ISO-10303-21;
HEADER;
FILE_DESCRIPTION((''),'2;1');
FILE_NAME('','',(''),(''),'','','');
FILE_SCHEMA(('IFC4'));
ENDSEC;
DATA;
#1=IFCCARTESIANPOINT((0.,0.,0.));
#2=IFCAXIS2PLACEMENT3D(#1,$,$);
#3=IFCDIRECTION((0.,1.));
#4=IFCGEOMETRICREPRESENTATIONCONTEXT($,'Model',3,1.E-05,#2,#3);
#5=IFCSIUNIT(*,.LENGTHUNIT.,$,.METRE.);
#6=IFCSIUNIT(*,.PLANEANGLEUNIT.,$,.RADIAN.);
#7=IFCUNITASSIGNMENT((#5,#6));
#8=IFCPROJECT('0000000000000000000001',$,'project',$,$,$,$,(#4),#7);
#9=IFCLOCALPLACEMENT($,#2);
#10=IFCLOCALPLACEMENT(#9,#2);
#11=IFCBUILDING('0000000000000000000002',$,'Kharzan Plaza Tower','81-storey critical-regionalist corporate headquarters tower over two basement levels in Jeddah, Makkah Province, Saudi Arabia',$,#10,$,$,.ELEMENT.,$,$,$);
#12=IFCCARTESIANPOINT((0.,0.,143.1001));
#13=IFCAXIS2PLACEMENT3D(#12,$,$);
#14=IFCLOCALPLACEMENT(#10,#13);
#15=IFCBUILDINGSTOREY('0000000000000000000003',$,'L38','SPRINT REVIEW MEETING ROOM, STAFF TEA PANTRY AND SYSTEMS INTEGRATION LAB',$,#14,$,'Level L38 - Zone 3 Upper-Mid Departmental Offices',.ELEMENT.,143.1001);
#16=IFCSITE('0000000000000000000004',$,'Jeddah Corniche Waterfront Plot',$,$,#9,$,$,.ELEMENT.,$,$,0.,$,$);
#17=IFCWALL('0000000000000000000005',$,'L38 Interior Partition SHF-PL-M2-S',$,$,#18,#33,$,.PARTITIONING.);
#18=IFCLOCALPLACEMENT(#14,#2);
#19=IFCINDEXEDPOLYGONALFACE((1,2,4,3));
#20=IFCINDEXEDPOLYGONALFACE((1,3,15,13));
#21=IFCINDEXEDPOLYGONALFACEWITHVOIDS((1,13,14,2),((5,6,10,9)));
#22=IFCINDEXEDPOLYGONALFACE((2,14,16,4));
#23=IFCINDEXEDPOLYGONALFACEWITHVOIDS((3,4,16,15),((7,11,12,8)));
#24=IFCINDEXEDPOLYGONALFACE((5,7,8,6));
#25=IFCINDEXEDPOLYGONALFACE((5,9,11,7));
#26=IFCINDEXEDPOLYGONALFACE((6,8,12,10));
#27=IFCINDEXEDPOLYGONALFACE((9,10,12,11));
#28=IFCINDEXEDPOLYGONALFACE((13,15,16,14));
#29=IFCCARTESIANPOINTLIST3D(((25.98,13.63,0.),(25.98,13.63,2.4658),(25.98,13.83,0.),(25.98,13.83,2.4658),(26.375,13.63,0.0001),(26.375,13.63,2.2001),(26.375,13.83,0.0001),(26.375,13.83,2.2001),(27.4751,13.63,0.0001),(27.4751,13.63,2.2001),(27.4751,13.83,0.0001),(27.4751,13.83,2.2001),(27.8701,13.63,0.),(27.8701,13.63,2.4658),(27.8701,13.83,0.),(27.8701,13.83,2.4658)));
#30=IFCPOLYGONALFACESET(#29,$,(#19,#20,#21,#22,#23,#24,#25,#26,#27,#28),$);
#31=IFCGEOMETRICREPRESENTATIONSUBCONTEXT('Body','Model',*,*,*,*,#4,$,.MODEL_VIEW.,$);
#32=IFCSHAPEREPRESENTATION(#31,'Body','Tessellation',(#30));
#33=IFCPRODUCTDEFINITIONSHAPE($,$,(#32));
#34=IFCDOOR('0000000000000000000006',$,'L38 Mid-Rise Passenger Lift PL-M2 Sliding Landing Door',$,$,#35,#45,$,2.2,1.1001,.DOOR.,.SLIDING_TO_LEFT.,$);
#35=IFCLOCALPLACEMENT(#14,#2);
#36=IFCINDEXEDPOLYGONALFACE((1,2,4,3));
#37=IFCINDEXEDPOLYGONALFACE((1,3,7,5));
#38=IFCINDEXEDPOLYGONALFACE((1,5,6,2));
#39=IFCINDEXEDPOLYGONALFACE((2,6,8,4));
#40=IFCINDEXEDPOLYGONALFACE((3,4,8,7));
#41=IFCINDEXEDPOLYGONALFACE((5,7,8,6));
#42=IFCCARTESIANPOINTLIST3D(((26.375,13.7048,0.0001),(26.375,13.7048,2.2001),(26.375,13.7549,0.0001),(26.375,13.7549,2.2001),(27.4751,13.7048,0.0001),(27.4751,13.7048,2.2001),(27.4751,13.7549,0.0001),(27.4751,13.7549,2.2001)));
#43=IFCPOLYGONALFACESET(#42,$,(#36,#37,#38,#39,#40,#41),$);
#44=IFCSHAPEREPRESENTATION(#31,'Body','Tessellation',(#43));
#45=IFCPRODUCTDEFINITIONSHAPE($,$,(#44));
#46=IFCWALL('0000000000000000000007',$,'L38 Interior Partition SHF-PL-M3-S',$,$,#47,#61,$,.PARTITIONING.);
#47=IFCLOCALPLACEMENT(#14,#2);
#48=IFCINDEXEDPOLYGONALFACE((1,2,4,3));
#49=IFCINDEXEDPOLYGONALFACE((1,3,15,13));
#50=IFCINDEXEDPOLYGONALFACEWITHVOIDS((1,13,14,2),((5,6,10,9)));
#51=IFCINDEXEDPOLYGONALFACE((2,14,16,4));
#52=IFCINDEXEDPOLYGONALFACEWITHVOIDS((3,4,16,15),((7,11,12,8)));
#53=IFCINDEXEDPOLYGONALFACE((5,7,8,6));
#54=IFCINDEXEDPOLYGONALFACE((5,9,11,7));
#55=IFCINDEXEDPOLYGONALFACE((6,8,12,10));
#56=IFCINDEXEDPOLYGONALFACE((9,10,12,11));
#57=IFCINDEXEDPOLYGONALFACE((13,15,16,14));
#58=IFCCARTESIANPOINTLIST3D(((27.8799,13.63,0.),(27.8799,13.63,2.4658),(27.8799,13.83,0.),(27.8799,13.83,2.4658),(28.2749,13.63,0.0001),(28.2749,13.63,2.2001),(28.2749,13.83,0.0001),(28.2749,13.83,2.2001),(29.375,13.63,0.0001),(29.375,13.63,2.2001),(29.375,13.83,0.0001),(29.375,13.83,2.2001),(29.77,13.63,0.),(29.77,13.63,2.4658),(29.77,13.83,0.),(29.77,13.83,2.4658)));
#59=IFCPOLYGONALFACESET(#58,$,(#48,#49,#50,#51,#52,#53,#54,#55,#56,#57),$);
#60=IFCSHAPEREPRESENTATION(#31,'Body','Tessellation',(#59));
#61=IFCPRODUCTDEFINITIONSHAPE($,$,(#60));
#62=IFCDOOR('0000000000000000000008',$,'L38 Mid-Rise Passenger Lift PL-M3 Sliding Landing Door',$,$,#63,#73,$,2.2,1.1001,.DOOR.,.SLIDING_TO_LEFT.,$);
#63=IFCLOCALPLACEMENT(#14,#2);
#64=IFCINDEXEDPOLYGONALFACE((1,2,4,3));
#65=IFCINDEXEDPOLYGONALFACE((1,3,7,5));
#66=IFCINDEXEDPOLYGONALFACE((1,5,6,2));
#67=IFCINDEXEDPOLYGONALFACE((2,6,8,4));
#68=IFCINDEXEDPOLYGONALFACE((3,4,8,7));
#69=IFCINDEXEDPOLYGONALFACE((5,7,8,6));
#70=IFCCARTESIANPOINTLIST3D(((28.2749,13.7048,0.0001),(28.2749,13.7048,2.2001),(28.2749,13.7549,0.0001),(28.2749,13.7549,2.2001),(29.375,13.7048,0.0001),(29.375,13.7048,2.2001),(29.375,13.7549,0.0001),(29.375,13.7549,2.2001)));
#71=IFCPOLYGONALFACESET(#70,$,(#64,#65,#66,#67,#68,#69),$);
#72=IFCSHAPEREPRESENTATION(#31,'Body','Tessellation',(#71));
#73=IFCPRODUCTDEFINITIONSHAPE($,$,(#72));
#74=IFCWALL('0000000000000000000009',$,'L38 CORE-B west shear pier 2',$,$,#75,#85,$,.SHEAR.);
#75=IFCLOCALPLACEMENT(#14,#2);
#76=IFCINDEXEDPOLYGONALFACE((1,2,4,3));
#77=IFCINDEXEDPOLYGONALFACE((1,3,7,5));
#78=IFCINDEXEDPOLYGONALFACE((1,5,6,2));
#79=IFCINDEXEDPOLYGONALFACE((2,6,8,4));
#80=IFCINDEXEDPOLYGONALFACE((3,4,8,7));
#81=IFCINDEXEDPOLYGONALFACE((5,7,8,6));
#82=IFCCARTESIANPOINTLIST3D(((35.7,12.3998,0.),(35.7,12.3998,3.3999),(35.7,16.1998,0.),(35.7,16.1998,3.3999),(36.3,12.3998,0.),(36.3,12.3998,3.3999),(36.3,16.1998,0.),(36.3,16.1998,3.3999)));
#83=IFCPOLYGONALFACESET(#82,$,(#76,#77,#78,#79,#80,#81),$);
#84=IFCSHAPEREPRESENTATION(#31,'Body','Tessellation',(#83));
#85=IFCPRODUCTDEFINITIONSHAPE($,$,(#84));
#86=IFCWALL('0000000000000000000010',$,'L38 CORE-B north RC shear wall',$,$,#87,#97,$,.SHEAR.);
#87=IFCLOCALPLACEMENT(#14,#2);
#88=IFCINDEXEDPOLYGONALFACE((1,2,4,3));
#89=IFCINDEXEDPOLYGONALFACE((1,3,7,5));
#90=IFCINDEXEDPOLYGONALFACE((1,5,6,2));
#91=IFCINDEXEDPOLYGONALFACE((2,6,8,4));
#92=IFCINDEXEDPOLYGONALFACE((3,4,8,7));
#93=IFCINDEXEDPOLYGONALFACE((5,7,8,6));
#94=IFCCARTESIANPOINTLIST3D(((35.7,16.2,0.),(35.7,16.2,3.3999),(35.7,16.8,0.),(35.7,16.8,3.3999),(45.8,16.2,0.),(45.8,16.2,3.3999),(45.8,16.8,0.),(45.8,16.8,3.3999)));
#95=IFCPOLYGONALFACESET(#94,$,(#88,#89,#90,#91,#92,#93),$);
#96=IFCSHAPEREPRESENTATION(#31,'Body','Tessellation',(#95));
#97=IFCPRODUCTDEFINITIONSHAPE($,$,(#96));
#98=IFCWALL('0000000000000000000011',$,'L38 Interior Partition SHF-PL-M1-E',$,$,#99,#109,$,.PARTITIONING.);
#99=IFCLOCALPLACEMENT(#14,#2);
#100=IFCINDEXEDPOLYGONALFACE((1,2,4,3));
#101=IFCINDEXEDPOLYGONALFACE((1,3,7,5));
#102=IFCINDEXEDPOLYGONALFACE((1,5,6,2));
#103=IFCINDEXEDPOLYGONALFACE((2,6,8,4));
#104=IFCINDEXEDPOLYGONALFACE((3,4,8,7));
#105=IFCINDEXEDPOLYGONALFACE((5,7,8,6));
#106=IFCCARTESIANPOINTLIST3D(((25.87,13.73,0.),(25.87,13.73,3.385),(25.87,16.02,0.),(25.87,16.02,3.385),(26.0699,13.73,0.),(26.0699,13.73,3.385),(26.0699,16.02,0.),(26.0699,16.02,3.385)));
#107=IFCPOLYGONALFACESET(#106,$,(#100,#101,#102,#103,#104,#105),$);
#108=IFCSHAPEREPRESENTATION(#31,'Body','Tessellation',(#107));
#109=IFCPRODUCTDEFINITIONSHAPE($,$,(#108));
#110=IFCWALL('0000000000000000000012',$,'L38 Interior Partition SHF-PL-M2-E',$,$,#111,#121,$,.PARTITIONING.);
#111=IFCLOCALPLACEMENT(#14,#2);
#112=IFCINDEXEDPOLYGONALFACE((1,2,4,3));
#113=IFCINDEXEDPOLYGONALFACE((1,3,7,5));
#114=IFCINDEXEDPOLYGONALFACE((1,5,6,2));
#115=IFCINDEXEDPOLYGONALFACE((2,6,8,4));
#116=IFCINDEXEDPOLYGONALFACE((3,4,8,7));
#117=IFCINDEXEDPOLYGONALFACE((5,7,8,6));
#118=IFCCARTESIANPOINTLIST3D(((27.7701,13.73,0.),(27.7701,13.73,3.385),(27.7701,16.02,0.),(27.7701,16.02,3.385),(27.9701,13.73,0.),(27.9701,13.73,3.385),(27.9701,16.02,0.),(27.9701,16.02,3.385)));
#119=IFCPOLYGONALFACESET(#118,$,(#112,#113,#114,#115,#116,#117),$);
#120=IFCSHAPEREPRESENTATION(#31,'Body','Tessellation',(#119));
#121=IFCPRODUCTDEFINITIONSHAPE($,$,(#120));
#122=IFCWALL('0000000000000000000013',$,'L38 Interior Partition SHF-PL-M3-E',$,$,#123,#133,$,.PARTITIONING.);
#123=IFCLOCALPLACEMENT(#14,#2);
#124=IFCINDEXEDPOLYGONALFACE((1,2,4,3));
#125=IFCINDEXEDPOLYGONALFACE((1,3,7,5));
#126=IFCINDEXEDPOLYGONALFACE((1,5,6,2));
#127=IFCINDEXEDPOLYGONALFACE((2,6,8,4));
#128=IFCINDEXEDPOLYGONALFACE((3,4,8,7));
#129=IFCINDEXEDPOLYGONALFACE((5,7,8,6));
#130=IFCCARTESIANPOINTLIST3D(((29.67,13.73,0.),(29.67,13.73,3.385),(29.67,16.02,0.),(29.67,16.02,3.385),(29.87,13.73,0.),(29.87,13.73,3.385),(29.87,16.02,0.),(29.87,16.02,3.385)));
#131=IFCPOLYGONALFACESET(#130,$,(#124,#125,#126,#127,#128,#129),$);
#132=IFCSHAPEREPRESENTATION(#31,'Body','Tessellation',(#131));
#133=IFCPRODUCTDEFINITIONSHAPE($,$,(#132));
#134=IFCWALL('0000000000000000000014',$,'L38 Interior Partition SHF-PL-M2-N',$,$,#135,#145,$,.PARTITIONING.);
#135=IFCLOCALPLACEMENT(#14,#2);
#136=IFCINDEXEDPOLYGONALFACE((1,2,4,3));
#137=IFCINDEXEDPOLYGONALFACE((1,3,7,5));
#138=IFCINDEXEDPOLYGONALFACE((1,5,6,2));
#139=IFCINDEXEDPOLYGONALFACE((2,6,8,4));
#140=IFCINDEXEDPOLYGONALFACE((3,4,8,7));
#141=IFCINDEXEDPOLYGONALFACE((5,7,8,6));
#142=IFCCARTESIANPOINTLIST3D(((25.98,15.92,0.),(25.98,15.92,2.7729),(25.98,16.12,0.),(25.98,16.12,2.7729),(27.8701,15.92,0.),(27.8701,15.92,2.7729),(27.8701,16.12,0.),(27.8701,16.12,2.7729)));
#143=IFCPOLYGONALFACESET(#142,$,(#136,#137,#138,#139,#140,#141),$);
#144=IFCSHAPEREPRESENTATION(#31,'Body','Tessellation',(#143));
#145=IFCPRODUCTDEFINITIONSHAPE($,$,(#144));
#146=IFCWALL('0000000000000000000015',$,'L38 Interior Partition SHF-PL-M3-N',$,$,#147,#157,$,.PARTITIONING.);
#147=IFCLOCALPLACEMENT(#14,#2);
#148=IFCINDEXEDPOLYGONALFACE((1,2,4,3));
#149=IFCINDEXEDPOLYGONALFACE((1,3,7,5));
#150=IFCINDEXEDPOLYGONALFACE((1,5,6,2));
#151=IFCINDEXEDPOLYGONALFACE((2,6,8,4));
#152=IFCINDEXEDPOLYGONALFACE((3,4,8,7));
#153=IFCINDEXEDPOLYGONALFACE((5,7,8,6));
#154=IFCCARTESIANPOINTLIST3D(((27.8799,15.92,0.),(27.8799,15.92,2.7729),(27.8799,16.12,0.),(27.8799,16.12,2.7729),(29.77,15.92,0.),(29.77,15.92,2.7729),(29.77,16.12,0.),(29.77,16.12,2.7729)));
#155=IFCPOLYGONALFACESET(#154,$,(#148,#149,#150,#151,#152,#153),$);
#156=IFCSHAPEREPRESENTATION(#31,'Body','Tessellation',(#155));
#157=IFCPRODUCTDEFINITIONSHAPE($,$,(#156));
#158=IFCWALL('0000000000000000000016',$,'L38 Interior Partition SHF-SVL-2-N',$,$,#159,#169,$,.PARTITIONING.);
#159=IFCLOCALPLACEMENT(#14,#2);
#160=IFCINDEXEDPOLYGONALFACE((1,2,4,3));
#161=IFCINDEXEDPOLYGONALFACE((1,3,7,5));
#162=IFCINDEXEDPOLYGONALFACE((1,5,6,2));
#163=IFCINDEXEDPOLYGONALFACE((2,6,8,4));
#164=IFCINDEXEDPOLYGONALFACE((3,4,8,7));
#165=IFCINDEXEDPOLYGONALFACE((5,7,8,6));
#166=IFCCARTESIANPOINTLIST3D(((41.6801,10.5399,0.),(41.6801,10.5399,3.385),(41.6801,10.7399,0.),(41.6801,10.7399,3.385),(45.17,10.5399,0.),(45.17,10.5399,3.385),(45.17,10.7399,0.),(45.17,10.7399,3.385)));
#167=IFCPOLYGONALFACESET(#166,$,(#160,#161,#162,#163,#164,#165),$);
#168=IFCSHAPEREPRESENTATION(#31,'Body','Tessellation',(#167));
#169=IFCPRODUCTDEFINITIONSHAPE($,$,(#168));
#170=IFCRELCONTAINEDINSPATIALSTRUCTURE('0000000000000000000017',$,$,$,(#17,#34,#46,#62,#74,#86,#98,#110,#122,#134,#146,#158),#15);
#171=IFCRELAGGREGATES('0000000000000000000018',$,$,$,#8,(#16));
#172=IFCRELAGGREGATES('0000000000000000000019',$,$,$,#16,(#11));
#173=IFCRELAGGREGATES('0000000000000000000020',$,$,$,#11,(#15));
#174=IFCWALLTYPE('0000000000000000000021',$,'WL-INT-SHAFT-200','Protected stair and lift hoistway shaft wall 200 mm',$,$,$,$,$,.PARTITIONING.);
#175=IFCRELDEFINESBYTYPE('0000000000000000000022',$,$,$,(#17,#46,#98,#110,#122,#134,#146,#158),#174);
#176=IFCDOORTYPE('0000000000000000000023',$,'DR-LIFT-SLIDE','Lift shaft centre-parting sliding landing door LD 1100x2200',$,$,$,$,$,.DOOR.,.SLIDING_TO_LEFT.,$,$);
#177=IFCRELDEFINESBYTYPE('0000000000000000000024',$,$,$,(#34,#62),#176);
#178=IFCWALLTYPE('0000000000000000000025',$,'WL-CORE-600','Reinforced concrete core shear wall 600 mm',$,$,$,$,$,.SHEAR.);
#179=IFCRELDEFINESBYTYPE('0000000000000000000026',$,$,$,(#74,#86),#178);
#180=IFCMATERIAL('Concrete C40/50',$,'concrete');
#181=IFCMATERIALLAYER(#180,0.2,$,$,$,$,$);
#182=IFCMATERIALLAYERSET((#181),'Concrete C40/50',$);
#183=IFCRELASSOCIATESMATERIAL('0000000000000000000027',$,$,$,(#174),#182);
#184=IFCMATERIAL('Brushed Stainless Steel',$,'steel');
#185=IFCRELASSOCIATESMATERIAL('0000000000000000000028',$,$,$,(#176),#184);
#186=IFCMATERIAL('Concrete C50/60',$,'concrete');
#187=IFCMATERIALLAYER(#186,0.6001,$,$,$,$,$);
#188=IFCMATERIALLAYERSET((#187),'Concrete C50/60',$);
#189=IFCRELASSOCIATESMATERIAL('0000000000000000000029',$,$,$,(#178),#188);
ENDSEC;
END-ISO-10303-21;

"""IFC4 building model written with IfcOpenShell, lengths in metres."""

from ifc_helpers import new_model, si_unit, direction, frame, frame_2d, origin, place, context, subcontext, project, spatial, rectangle, extrude, source, transform, mapped, material, layer, layer_set, type_object, element, fill, save


model = new_model("IFC4")

# Units and contexts
model_context = context("Model", 3, precision=1e-05, world=origin(), true_north=direction((0.0, 1.0)))
body_context = subcontext(model_context, "Body", "Model", "MODEL_VIEW")
ifc_project = project(units=[si_unit("LENGTHUNIT", "METRE"), si_unit("PLANEANGLEUNIT", "RADIAN")], contexts=[model_context])

# Site, building, storey
site_placement = place(None, origin())
site = spatial("IfcSite", under=ifc_project, at=site_placement, Name="Jeddah Corniche Waterfront Plot", CompositionType="ELEMENT", RefElevation=0.0)
building_placement = place(site_placement, origin())
building = spatial("IfcBuilding", under=site, at=building_placement, Name="Kharzan Plaza Tower", Description="81-storey critical-regionalist corporate headquarters tower over two basement levels in Jeddah, Makkah Province, Saudi Arabia", CompositionType="ELEMENT")
storey_placement = place(building_placement, frame((0.0, 0.0, 143.1001)))
storey = spatial("IfcBuildingStorey", under=building, at=storey_placement, Name="L38", Description="SPRINT REVIEW MEETING ROOM, STAFF TEA PANTRY AND SYSTEMS INTEGRATION LAB", LongName="Level L38 - Zone 3 Upper-Mid Departmental Offices", CompositionType="ELEMENT", Elevation=143.1001)

# Shared definitions
ifc_material_1 = material(Name="Concrete C50/60", Category="concrete")

# Shared definitions
ifc_material_2 = material(Name="Concrete C40/50", Category="concrete")

# Walls, openings, doors
ifc_layer_1 = layer(ifc_material_2, 0.2)
ifc_layer_set_1 = layer_set([ifc_layer_1], Name="Concrete C40/50")
wall_type_1 = type_object("IfcWallType", Name="WL-INT-SHAFT-200", Description="Protected stair and lift hoistway shaft wall 200 mm", PredefinedType="PARTITIONING", material=ifc_layer_set_1)
wall_1_placement = place(storey_placement, frame((25.98, 13.73, 0.0), z_axis=(0.0, 0.0, 1.0), x_axis=(1.0, 0.0, 0.0)))
wall_1 = element("IfcWall", 1, at=wall_1_placement, inside=storey, type_object=wall_type_1, Name="L38 Interior Partition SHF-PL-M2-S", PredefinedType="PARTITIONING", context=body_context, shape_type="SweptSolid", body=[
    extrude(rectangle(XDim=1.8901, YDim=0.2, at=frame_2d((0.9451, 0.0))), origin(), (0.0, 0.0, 1.0), 2.4658),
])
opening_1_placement = place(wall_1_placement, frame((0.395, 0.0, 0.0)))
opening_1 = element("IfcOpeningElement", 2, at=opening_1_placement, cuts=wall_1, PredefinedType="OPENING", context=body_context, shape_type="SweptSolid", body=[
    extrude(rectangle(XDim=1.1001, YDim=2.2, at=frame_2d((0.55, 1.1001))), frame((0.0, 0.1099, 0.0), z_axis=(0.0, -1.0, 0.0), x_axis=(1.0, 0.0, 0.0)), (0.0, 0.0, 1.0), 0.22),
])
ifc_material_3 = material(Name="Brushed Stainless Steel", Category="steel")
door_type_1 = type_object("IfcDoorType", Name="DR-LIFT-SLIDE", Description="Lift shaft centre-parting sliding landing door LD 1100x2200", OperationType="SLIDING_TO_LEFT", PredefinedType="DOOR", material=ifc_material_3)
shared_shape_1 = source(origin(), body_context, "Body", "SweptSolid", [
    extrude(rectangle(XDim=1.1001, YDim=2.2, at=frame_2d((0.55, 1.1001))), frame((0.0, 0.0249, 0.0), z_axis=(0.0, -1.0, 0.0), x_axis=(1.0, 0.0, 0.0)), (0.0, 0.0, 1.0), 0.05),
])
door_1_placement = place(opening_1_placement, origin())
door_1 = element("IfcDoor", 3, at=door_1_placement, inside=storey, type_object=door_type_1, Name="L38 Mid-Rise Passenger Lift PL-M2 Sliding Landing Door", OperationType="SLIDING_TO_LEFT", OverallHeight=2.2, OverallWidth=1.1001, PredefinedType="DOOR", context=body_context, shape_type="MappedRepresentation", body=[
    mapped(shared_shape_1, transform((0.0, 0.0, 0.0), x_axis=(1.0, 0.0, 0.0), y_axis=(0.0, 1.0, 0.0), z_axis=(0.0, 0.0, 1.0))),
])
fill(opening_1, door_1)
wall_2_placement = place(storey_placement, frame((27.8799, 13.73, 0.0), z_axis=(0.0, 0.0, 1.0), x_axis=(1.0, 0.0, 0.0)))
wall_2 = element("IfcWall", 4, at=wall_2_placement, inside=storey, type_object=wall_type_1, Name="L38 Interior Partition SHF-PL-M3-S", PredefinedType="PARTITIONING", context=body_context, shape_type="SweptSolid", body=[
    extrude(rectangle(XDim=1.8901, YDim=0.2, at=frame_2d((0.9451, 0.0))), origin(), (0.0, 0.0, 1.0), 2.4658),
])
opening_2_placement = place(wall_2_placement, frame((0.395, 0.0, 0.0)))
opening_2 = element("IfcOpeningElement", 5, at=opening_2_placement, cuts=wall_2, PredefinedType="OPENING", context=body_context, shape_type="SweptSolid", body=[
    extrude(rectangle(XDim=1.1001, YDim=2.2, at=frame_2d((0.55, 1.1001))), frame((0.0, 0.1099, 0.0), z_axis=(0.0, -1.0, 0.0), x_axis=(1.0, 0.0, 0.0)), (0.0, 0.0, 1.0), 0.22),
])
door_2_placement = place(opening_2_placement, origin())
door_2 = element("IfcDoor", 6, at=door_2_placement, inside=storey, type_object=door_type_1, Name="L38 Mid-Rise Passenger Lift PL-M3 Sliding Landing Door", OperationType="SLIDING_TO_LEFT", OverallHeight=2.2, OverallWidth=1.1001, PredefinedType="DOOR", context=body_context, shape_type="MappedRepresentation", body=[
    mapped(shared_shape_1, transform((0.0, 0.0, 0.0), x_axis=(1.0, 0.0, 0.0), y_axis=(0.0, 1.0, 0.0), z_axis=(0.0, 0.0, 1.0))),
])
fill(opening_2, door_2)

# Walls
ifc_layer_2 = layer(ifc_material_1, 0.6001)
ifc_layer_set_2 = layer_set([ifc_layer_2], Name="Concrete C50/60")
wall_type_2 = type_object("IfcWallType", Name="WL-CORE-600", Description="Reinforced concrete core shear wall 600 mm", PredefinedType="SHEAR", material=ifc_layer_set_2)
shared_shape_2 = source(origin(), body_context, "Body", "SweptSolid", [
    extrude(rectangle(XDim=3.8, YDim=0.6001, at=frame_2d((1.8999, 0.0))), origin(), (0.0, 0.0, 1.0), 3.3999),
])
wall_3_placement = place(storey_placement, frame((36.0, 12.3999, 0.0), z_axis=(0.0, 0.0, 1.0), x_axis=(0.0, 1.0, 0.0)))
element("IfcWall", 7, at=wall_3_placement, inside=storey, type_object=wall_type_2, Name="L38 CORE-B west shear pier 2", PredefinedType="SHEAR", context=body_context, shape_type="MappedRepresentation", body=[
    mapped(shared_shape_2, transform((0.0, 0.0, 0.0), x_axis=(1.0, 0.0, 0.0), y_axis=(0.0, 1.0, 0.0), z_axis=(0.0, 0.0, 1.0))),
])
shared_shape_3 = source(origin(), body_context, "Body", "SweptSolid", [
    extrude(rectangle(XDim=10.1001, YDim=0.6001, at=frame_2d((5.05, 0.0))), origin(), (0.0, 0.0, 1.0), 3.3999),
])
wall_4_placement = place(storey_placement, frame((35.7, 16.5, 0.0), z_axis=(0.0, 0.0, 1.0), x_axis=(1.0, 0.0, 0.0)))
element("IfcWall", 8, at=wall_4_placement, inside=storey, type_object=wall_type_2, Name="L38 CORE-B north RC shear wall", PredefinedType="SHEAR", context=body_context, shape_type="MappedRepresentation", body=[
    mapped(shared_shape_3, transform((0.0, 0.0, 0.0), x_axis=(1.0, 0.0, 0.0), y_axis=(0.0, 1.0, 0.0), z_axis=(0.0, 0.0, 1.0))),
])
shared_shape_4 = source(origin(), body_context, "Body", "SweptSolid", [
    extrude(rectangle(XDim=2.29, YDim=0.2, at=frame_2d((1.145, 0.0))), origin(), (0.0, 0.0, 1.0), 3.385),
])
for number, where, z_axis, x_axis, name in (
    (9, (25.97, 13.73, 0.0), (0.0, 0.0, 1.0), (0.0, 1.0, 0.0), "L38 Interior Partition SHF-PL-M1-E"),
    (10, (27.8701, 13.73, 0.0), (0.0, 0.0, 1.0), (0.0, 1.0, 0.0), "L38 Interior Partition SHF-PL-M2-E"),
    (11, (29.77, 13.73, 0.0), (0.0, 0.0, 1.0), (0.0, 1.0, 0.0), "L38 Interior Partition SHF-PL-M3-E"),
):
    element("IfcWall", number, at=place(storey_placement, frame(where, z_axis=z_axis, x_axis=x_axis)), inside=storey, type_object=wall_type_1, Name=name, PredefinedType="PARTITIONING", context=body_context, shape_type="MappedRepresentation", body=[
        mapped(shared_shape_4, transform((0.0, 0.0, 0.0), x_axis=(1.0, 0.0, 0.0), y_axis=(0.0, 1.0, 0.0), z_axis=(0.0, 0.0, 1.0))),
    ])
shared_shape_5 = source(origin(), body_context, "Body", "SweptSolid", [
    extrude(rectangle(XDim=1.8901, YDim=0.2, at=frame_2d((0.9451, 0.0))), origin(), (0.0, 0.0, 1.0), 2.7729),
])
for number, where, z_axis, x_axis, name in (
    (12, (25.98, 16.02, 0.0), (0.0, 0.0, 1.0), (1.0, 0.0, 0.0), "L38 Interior Partition SHF-PL-M2-N"),
    (13, (27.8799, 16.02, 0.0), (0.0, 0.0, 1.0), (1.0, 0.0, 0.0), "L38 Interior Partition SHF-PL-M3-N"),
):
    element("IfcWall", number, at=place(storey_placement, frame(where, z_axis=z_axis, x_axis=x_axis)), inside=storey, type_object=wall_type_1, Name=name, PredefinedType="PARTITIONING", context=body_context, shape_type="MappedRepresentation", body=[
        mapped(shared_shape_5, transform((0.0, 0.0, 0.0), x_axis=(1.0, 0.0, 0.0), y_axis=(0.0, 1.0, 0.0), z_axis=(0.0, 0.0, 1.0))),
    ])
shared_shape_6 = source(origin(), body_context, "Body", "SweptSolid", [
    extrude(rectangle(XDim=3.49, YDim=0.2, at=frame_2d((1.7451, 0.0))), origin(), (0.0, 0.0, 1.0), 3.385),
])
wall_5_placement = place(storey_placement, frame((41.6799, 10.6399, 0.0), z_axis=(0.0, 0.0, 1.0), x_axis=(1.0, 0.0, 0.0)))
element("IfcWall", 14, at=wall_5_placement, inside=storey, type_object=wall_type_1, Name="L38 Interior Partition SHF-SVL-2-N", PredefinedType="PARTITIONING", context=body_context, shape_type="MappedRepresentation", body=[
    mapped(shared_shape_6, transform((0.0, 0.0, 0.0), x_axis=(1.0, 0.0, 0.0), y_axis=(0.0, 1.0, 0.0), z_axis=(0.0, 0.0, 1.0))),
])

save(model, "model.ifc")
